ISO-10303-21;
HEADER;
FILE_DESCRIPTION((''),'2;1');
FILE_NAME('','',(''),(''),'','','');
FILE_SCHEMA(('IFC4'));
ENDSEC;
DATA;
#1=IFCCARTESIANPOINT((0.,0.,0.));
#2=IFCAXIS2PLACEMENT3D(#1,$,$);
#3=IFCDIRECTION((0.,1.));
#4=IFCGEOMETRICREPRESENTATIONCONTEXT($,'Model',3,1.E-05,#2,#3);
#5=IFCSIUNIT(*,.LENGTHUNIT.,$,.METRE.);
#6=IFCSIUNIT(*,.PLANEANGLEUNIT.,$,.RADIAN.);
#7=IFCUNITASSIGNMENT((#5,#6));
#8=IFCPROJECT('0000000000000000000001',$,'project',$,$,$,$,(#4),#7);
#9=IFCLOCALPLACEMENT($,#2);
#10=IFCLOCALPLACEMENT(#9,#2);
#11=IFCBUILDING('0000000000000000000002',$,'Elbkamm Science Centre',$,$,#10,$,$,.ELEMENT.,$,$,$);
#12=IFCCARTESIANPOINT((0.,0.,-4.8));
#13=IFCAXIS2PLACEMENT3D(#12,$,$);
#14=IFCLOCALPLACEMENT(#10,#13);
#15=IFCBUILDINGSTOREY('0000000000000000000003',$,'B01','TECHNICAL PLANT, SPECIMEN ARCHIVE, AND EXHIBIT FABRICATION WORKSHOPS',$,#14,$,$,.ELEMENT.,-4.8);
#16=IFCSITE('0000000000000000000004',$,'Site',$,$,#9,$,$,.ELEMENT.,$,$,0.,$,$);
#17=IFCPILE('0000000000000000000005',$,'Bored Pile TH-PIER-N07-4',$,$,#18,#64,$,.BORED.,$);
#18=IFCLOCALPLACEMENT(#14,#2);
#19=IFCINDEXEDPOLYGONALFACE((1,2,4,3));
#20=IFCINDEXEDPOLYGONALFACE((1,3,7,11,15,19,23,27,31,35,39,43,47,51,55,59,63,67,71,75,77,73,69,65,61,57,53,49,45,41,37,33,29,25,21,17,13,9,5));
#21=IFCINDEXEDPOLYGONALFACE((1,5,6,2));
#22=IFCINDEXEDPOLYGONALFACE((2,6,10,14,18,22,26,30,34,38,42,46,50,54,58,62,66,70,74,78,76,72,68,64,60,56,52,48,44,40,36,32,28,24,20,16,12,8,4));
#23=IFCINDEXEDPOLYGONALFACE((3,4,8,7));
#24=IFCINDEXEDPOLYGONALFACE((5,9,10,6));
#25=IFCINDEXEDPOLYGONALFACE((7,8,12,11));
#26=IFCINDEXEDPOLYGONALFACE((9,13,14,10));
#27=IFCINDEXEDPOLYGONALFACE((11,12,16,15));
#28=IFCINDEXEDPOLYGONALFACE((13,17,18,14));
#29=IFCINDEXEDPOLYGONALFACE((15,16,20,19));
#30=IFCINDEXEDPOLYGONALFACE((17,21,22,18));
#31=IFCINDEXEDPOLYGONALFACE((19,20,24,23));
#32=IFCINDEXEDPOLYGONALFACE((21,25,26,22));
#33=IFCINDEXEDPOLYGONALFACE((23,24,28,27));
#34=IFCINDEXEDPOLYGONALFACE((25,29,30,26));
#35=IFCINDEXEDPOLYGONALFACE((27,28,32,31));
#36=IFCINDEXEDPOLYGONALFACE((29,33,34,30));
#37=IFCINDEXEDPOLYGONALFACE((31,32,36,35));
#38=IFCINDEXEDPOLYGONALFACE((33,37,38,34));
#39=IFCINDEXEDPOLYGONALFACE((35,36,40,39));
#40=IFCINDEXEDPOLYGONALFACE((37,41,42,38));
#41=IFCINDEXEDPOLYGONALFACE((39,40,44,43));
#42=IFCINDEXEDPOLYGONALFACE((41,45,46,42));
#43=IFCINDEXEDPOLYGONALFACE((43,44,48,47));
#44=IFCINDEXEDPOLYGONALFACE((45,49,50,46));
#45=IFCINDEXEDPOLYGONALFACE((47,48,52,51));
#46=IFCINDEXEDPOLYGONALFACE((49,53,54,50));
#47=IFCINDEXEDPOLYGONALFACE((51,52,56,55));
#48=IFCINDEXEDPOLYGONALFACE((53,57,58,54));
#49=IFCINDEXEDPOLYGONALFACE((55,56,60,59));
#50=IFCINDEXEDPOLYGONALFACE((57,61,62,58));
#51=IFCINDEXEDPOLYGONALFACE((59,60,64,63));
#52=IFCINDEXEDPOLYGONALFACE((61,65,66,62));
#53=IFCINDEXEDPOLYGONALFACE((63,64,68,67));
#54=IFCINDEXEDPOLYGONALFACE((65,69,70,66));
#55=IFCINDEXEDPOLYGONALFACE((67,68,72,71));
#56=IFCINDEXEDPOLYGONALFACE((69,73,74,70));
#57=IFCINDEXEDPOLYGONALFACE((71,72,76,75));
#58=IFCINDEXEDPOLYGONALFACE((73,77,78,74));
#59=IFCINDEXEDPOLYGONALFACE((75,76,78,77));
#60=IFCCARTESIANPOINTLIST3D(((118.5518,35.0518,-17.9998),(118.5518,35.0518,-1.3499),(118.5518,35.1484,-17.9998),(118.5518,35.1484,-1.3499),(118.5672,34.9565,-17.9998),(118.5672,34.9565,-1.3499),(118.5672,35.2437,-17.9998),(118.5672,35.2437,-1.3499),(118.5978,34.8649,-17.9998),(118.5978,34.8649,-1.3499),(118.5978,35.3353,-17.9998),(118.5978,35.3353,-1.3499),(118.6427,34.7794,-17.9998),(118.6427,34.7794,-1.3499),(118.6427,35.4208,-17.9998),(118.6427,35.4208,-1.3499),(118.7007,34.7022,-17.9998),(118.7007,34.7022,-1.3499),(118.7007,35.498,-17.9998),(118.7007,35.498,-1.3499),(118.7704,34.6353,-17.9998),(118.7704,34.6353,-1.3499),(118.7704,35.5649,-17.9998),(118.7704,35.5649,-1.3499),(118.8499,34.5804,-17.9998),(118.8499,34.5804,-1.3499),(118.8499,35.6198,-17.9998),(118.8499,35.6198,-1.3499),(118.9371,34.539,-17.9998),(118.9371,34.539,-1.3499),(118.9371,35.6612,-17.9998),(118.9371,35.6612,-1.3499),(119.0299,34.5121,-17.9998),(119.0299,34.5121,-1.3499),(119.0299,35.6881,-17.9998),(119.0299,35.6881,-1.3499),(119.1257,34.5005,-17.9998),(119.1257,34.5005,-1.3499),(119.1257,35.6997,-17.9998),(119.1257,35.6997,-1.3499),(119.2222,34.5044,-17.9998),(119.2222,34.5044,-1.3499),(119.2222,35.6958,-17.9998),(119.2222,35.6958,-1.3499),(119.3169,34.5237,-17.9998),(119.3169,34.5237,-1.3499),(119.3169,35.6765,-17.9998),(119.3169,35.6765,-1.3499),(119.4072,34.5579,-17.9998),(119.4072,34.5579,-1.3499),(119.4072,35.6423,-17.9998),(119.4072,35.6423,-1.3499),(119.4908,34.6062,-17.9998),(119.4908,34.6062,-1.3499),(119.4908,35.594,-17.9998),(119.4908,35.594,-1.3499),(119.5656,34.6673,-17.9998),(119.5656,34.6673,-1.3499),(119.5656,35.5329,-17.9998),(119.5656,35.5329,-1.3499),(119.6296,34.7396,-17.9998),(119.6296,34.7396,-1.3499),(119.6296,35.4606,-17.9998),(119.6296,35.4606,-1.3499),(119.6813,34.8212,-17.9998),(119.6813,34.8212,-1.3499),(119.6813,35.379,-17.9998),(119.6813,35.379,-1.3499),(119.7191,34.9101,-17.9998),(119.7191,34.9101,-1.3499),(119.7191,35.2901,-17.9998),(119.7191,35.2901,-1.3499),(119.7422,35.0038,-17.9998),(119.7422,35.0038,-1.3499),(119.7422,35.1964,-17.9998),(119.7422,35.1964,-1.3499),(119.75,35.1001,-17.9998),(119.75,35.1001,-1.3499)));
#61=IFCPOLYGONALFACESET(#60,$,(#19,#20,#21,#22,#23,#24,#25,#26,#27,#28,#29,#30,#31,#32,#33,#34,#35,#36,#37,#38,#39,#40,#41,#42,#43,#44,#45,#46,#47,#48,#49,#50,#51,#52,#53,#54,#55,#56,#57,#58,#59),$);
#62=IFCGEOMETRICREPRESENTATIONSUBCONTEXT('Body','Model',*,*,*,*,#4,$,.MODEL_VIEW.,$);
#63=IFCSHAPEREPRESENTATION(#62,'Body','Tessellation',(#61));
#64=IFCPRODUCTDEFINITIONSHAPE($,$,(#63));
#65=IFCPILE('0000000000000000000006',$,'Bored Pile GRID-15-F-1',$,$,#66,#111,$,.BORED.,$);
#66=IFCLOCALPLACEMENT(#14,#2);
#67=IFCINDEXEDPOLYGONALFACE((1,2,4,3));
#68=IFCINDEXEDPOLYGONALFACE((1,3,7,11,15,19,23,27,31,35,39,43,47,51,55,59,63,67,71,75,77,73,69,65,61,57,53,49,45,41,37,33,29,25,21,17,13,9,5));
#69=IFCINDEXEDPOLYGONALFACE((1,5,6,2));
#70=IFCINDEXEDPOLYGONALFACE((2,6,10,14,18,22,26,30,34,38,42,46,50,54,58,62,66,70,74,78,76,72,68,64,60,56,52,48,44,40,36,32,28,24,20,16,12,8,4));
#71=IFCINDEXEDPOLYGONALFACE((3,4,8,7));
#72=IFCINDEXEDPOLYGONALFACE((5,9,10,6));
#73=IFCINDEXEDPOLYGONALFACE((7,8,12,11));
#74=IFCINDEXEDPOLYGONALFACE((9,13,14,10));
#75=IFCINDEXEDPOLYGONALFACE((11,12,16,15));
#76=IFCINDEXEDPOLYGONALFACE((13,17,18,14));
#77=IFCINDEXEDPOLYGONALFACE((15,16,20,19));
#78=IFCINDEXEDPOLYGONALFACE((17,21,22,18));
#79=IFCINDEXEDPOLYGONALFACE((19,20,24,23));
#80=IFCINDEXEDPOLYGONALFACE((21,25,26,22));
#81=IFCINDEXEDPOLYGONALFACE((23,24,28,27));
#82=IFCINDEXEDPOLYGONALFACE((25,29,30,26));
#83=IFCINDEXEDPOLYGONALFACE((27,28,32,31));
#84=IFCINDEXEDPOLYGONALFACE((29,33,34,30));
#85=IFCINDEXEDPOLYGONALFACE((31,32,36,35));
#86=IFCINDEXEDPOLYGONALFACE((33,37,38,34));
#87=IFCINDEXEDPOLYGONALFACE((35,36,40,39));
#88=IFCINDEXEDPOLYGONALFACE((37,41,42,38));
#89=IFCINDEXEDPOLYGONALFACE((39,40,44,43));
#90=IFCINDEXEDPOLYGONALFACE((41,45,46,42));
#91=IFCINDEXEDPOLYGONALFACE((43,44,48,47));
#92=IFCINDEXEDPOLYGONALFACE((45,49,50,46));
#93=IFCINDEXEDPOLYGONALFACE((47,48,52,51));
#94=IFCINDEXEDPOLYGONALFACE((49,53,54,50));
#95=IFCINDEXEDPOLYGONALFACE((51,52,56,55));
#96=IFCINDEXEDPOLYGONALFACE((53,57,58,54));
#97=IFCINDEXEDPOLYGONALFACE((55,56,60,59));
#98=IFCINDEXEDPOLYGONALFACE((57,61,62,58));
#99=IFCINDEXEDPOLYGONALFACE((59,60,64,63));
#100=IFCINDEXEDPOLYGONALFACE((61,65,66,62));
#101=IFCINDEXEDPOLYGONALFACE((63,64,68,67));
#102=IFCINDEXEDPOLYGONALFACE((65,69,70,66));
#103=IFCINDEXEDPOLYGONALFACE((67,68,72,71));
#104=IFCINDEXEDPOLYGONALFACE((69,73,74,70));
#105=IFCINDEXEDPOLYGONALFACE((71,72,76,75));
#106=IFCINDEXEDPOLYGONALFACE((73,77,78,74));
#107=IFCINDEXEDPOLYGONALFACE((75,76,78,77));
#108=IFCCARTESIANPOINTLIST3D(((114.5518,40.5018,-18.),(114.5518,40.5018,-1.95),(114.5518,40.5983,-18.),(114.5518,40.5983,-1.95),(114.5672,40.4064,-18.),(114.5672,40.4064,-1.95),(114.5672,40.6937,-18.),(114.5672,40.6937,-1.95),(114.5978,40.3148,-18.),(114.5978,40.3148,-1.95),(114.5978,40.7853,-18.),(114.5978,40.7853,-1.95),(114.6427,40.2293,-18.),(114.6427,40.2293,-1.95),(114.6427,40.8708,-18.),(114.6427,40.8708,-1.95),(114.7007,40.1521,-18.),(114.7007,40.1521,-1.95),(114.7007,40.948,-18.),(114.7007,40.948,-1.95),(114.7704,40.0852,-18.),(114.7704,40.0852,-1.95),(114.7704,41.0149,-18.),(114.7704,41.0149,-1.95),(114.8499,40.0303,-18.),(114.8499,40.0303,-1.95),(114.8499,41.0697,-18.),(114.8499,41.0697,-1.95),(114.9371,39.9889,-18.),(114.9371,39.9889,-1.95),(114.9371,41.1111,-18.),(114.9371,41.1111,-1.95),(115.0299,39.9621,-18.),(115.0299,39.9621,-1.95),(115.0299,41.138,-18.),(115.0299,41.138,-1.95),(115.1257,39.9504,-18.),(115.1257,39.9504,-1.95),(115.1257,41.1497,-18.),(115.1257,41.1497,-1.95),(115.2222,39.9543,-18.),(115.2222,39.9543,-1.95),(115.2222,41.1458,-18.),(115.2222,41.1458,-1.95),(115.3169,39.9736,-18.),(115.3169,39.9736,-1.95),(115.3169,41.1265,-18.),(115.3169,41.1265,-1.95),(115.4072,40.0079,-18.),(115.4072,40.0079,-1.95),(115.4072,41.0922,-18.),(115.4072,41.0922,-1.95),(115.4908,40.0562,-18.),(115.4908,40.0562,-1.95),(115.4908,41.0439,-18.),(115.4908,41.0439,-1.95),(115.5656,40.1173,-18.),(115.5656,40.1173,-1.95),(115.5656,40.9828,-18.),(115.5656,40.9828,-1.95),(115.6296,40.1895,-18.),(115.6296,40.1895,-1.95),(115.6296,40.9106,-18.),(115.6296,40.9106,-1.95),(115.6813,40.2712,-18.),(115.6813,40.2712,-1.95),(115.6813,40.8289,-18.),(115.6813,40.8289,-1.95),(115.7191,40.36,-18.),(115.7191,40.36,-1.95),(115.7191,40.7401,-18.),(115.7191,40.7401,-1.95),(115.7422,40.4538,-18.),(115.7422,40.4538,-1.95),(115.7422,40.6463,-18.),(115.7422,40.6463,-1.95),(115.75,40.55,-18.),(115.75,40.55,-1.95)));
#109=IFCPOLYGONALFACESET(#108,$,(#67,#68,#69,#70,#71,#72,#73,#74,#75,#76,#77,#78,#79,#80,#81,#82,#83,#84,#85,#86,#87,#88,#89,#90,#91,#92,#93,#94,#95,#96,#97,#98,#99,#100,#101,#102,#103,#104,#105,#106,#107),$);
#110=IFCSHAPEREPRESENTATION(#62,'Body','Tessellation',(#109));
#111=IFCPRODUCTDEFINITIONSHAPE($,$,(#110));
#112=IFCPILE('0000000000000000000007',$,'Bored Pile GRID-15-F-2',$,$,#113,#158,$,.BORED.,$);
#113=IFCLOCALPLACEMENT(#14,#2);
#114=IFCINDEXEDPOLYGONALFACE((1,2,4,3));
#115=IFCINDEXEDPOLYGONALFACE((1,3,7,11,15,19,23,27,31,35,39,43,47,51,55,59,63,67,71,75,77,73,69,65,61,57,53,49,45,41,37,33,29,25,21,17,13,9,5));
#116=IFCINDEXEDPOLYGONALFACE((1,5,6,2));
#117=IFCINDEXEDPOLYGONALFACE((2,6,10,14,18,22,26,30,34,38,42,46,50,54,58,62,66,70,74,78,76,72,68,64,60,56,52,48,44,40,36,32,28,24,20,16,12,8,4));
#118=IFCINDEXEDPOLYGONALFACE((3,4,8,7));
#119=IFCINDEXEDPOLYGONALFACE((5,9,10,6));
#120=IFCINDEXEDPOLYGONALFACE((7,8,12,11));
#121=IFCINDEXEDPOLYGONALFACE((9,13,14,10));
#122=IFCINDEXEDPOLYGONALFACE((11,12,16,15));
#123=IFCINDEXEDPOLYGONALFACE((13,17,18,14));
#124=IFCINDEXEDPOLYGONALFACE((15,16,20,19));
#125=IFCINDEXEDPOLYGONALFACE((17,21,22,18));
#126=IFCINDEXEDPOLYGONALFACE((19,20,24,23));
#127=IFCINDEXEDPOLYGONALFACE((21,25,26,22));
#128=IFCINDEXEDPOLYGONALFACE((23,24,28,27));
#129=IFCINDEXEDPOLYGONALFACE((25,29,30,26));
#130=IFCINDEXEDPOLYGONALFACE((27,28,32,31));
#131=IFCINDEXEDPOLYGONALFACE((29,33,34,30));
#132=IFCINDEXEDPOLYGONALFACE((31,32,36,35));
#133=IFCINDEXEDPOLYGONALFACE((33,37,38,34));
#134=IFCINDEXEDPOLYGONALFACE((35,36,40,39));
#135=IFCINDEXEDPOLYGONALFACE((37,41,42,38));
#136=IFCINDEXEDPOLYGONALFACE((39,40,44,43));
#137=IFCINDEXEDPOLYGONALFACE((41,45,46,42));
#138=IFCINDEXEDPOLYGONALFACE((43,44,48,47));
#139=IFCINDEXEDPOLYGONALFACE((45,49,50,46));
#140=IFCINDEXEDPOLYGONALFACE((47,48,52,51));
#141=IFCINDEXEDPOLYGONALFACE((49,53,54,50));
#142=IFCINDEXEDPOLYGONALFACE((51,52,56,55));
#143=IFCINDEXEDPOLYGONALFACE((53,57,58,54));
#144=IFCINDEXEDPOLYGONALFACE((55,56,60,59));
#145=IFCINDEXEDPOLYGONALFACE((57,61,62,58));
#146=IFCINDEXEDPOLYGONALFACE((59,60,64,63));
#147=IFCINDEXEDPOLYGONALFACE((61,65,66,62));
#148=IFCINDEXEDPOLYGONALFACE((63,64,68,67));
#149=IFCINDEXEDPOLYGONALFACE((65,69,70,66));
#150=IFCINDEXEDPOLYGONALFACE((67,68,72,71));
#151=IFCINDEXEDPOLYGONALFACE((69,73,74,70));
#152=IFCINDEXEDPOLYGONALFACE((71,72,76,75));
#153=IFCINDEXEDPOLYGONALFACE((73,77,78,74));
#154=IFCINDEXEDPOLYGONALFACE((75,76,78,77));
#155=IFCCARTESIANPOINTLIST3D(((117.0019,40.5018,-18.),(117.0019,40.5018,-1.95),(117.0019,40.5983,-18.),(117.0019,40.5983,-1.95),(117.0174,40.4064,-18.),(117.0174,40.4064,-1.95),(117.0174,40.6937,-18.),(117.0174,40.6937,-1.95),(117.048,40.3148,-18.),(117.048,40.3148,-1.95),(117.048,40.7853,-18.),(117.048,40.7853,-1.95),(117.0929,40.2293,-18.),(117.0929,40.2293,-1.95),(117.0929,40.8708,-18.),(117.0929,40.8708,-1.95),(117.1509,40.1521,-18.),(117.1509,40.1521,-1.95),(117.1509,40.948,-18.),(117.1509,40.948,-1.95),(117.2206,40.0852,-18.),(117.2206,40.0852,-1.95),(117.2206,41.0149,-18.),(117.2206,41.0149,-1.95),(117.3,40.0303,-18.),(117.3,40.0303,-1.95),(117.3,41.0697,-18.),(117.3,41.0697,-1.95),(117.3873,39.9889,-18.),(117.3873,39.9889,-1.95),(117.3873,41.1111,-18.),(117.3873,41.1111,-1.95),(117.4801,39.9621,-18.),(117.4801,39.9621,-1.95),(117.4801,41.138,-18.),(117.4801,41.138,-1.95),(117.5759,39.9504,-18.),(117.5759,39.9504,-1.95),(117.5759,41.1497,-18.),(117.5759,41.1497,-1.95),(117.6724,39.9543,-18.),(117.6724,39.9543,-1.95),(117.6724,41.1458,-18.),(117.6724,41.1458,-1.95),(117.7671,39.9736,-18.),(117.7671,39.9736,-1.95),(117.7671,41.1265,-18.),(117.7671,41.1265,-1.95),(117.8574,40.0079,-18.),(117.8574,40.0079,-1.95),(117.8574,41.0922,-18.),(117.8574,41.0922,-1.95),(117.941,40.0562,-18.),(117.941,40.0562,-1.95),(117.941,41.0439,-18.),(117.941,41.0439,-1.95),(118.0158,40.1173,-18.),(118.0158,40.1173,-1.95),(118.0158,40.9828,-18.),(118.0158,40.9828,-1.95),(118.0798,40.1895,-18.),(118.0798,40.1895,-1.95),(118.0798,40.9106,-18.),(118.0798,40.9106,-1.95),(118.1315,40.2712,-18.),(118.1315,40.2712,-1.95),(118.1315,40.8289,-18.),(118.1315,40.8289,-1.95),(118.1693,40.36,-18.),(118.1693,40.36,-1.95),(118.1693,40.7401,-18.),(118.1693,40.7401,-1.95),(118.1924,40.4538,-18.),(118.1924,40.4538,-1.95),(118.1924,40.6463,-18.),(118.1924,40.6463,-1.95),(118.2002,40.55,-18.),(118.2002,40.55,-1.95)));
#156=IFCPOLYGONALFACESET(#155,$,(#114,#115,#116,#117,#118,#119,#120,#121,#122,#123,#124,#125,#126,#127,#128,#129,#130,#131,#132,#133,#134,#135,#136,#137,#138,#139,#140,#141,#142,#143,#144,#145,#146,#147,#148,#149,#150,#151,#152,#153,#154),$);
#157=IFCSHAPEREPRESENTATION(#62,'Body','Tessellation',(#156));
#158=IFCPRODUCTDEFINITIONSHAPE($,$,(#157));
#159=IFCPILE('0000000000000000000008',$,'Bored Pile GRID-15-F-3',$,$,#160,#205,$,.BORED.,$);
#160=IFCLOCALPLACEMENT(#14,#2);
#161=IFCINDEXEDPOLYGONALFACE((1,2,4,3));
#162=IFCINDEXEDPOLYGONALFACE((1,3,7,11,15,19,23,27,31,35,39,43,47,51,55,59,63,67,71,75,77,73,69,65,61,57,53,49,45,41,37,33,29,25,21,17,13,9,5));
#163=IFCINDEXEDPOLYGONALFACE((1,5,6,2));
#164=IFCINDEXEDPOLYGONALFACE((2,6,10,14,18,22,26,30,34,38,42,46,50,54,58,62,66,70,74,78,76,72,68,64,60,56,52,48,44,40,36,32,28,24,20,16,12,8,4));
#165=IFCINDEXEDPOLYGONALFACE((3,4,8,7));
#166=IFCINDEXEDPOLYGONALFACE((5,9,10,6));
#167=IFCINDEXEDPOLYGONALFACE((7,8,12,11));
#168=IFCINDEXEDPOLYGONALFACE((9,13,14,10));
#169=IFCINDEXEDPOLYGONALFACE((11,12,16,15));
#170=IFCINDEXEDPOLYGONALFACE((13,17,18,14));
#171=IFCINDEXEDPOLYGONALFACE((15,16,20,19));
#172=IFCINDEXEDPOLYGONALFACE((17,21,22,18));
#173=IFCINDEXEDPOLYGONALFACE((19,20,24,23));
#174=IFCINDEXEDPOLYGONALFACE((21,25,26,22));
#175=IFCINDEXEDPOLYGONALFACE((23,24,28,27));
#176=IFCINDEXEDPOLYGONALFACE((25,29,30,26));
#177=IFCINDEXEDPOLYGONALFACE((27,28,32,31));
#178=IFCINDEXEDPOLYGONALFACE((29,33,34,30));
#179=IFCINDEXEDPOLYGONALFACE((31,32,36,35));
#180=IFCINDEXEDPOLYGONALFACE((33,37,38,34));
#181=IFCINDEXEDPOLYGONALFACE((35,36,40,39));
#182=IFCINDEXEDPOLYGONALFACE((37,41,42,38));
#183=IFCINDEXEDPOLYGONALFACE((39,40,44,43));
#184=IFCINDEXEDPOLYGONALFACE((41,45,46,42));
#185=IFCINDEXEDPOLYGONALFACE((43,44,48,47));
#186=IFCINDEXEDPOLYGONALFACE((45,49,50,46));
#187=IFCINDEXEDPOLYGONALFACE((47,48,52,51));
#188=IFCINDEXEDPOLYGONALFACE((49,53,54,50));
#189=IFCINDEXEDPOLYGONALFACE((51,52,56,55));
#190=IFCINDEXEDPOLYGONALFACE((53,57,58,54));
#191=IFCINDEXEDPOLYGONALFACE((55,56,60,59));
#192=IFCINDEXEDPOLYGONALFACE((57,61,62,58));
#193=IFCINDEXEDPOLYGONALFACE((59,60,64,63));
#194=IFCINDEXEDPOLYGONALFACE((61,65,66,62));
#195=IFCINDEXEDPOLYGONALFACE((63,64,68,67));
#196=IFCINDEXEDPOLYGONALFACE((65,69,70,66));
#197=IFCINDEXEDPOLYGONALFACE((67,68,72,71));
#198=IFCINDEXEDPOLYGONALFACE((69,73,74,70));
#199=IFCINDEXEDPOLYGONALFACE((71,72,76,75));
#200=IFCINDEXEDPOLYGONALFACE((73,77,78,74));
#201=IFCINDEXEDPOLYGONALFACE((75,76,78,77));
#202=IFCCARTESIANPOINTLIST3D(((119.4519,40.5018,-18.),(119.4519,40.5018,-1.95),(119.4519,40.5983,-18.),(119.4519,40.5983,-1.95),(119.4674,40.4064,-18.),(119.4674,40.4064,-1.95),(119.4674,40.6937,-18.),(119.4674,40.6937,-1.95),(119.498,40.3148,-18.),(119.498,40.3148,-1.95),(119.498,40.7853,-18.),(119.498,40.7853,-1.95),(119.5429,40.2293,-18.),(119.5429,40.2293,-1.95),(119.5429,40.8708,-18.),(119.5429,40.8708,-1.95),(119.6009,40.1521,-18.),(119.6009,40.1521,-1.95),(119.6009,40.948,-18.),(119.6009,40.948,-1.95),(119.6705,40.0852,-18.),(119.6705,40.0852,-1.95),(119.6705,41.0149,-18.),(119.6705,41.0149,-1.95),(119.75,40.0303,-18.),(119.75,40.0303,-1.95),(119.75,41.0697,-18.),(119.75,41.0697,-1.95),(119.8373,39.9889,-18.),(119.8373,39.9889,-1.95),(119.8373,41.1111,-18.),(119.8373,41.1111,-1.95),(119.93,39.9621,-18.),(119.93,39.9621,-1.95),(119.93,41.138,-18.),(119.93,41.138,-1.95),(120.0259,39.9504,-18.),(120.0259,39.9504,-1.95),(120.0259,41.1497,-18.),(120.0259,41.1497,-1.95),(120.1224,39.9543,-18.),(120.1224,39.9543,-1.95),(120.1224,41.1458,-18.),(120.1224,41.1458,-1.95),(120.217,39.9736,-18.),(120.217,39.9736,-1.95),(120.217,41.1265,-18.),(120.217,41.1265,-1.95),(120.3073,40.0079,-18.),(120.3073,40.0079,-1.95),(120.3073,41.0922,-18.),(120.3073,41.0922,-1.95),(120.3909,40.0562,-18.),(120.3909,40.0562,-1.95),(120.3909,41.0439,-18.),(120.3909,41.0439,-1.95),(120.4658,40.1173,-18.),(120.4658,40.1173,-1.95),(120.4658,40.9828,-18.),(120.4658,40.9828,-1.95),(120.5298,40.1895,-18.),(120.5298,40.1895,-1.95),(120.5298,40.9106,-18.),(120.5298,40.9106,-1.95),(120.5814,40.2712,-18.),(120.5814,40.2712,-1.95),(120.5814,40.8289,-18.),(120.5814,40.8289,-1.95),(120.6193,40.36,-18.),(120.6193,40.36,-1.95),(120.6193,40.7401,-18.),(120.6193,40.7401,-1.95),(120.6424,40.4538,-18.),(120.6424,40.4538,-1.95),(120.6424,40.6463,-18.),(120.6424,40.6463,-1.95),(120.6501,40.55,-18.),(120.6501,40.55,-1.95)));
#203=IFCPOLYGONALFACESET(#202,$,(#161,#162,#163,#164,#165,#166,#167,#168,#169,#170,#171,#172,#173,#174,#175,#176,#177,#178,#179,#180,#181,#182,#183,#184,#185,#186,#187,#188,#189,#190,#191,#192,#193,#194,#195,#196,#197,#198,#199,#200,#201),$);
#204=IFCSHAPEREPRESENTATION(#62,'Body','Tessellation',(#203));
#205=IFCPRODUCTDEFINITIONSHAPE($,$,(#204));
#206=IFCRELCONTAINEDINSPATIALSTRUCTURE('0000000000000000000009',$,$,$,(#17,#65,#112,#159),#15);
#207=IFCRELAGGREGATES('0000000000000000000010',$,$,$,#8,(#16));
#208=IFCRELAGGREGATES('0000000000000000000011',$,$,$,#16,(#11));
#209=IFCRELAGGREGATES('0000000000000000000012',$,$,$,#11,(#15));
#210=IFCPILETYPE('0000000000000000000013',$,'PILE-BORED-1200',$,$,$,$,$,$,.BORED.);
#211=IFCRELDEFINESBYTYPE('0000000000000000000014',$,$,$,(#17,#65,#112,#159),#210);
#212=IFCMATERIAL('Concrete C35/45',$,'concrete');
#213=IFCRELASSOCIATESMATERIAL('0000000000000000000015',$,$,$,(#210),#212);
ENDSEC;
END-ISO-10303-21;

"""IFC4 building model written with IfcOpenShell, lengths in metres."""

from ifc_helpers import new_model, si_unit, direction, frame, origin, origin_2d, place, context, subcontext, project, spatial, circle, extrude, material, material_profile, profile_set, type_object, element, save


model = new_model("IFC4")

# Units and contexts
model_context = context("Model", 3, precision=1e-05, world=origin(), true_north=direction((0.0, 1.0)))
body_context = subcontext(model_context, "Body", "Model", "MODEL_VIEW")
ifc_project = project(units=[si_unit("LENGTHUNIT", "METRE"), si_unit("PLANEANGLEUNIT", "RADIAN")], contexts=[model_context])

# Site, building, storey
site_placement = place(None, origin())
site = spatial("IfcSite", under=ifc_project, at=site_placement, Name="Site", CompositionType="ELEMENT", RefElevation=0.0)
building_placement = place(site_placement, origin())
building = spatial("IfcBuilding", under=site, at=building_placement, Name="Elbkamm Science Centre", CompositionType="ELEMENT")
storey_placement = place(building_placement, frame((0.0, 0.0, -4.8)))
storey = spatial("IfcBuildingStorey", under=building, at=storey_placement, Name="B01", Description="TECHNICAL PLANT, SPECIMEN ARCHIVE, AND EXHIBIT FABRICATION WORKSHOPS", CompositionType="ELEMENT", Elevation=-4.8)

# Shared definitions
ifc_material_1 = material(Name="Concrete C35/45", Category="concrete")

# Piles
ifc_material_profile_1 = material_profile(ifc_material_1, circle(Radius=0.6001, at=origin_2d()), Name="PILE D1200")
ifc_profile_set_1 = profile_set([ifc_material_profile_1], Name="Concrete C35/45")
pile_type_1 = type_object("IfcPileType", Name="PILE-BORED-1200", PredefinedType="BORED", material=ifc_profile_set_1)
for number, where, z_axis, x_axis, name in (
    (1, (119.1499, 35.1001, -1.3499), (0.0, 0.0, -1.0), (1.0, 0.0, 0.0), "Bored Pile TH-PIER-N07-4"),
):
    element("IfcPile", number, at=place(storey_placement, frame(where, z_axis=z_axis, x_axis=x_axis)), inside=storey, type_object=pile_type_1, Name=name, PredefinedType="BORED", context=body_context, shape_type="SweptSolid", body=[
        extrude(circle(Radius=0.6001, at=origin_2d()), origin(), (0.0, 0.0, 1.0), 16.6499),
    ])
for number, where, z_axis, x_axis, name in (
    (2, (115.1499, 40.55, -1.95), (0.0, 0.0, -1.0), (1.0, 0.0, 0.0), "Bored Pile GRID-15-F-1"),
    (3, (117.6001, 40.55, -1.95), (0.0, 0.0, -1.0), (1.0, 0.0, 0.0), "Bored Pile GRID-15-F-2"),
    (4, (120.05, 40.55, -1.95), (0.0, 0.0, -1.0), (1.0, 0.0, 0.0), "Bored Pile GRID-15-F-3"),
):
    element("IfcPile", number, at=place(storey_placement, frame(where, z_axis=z_axis, x_axis=x_axis)), inside=storey, type_object=pile_type_1, Name=name, PredefinedType="BORED", context=body_context, shape_type="SweptSolid", body=[
        extrude(circle(Radius=0.6001, at=origin_2d()), origin(), (0.0, 0.0, 1.0), 16.05),
    ])

save(model, "model.ifc")
